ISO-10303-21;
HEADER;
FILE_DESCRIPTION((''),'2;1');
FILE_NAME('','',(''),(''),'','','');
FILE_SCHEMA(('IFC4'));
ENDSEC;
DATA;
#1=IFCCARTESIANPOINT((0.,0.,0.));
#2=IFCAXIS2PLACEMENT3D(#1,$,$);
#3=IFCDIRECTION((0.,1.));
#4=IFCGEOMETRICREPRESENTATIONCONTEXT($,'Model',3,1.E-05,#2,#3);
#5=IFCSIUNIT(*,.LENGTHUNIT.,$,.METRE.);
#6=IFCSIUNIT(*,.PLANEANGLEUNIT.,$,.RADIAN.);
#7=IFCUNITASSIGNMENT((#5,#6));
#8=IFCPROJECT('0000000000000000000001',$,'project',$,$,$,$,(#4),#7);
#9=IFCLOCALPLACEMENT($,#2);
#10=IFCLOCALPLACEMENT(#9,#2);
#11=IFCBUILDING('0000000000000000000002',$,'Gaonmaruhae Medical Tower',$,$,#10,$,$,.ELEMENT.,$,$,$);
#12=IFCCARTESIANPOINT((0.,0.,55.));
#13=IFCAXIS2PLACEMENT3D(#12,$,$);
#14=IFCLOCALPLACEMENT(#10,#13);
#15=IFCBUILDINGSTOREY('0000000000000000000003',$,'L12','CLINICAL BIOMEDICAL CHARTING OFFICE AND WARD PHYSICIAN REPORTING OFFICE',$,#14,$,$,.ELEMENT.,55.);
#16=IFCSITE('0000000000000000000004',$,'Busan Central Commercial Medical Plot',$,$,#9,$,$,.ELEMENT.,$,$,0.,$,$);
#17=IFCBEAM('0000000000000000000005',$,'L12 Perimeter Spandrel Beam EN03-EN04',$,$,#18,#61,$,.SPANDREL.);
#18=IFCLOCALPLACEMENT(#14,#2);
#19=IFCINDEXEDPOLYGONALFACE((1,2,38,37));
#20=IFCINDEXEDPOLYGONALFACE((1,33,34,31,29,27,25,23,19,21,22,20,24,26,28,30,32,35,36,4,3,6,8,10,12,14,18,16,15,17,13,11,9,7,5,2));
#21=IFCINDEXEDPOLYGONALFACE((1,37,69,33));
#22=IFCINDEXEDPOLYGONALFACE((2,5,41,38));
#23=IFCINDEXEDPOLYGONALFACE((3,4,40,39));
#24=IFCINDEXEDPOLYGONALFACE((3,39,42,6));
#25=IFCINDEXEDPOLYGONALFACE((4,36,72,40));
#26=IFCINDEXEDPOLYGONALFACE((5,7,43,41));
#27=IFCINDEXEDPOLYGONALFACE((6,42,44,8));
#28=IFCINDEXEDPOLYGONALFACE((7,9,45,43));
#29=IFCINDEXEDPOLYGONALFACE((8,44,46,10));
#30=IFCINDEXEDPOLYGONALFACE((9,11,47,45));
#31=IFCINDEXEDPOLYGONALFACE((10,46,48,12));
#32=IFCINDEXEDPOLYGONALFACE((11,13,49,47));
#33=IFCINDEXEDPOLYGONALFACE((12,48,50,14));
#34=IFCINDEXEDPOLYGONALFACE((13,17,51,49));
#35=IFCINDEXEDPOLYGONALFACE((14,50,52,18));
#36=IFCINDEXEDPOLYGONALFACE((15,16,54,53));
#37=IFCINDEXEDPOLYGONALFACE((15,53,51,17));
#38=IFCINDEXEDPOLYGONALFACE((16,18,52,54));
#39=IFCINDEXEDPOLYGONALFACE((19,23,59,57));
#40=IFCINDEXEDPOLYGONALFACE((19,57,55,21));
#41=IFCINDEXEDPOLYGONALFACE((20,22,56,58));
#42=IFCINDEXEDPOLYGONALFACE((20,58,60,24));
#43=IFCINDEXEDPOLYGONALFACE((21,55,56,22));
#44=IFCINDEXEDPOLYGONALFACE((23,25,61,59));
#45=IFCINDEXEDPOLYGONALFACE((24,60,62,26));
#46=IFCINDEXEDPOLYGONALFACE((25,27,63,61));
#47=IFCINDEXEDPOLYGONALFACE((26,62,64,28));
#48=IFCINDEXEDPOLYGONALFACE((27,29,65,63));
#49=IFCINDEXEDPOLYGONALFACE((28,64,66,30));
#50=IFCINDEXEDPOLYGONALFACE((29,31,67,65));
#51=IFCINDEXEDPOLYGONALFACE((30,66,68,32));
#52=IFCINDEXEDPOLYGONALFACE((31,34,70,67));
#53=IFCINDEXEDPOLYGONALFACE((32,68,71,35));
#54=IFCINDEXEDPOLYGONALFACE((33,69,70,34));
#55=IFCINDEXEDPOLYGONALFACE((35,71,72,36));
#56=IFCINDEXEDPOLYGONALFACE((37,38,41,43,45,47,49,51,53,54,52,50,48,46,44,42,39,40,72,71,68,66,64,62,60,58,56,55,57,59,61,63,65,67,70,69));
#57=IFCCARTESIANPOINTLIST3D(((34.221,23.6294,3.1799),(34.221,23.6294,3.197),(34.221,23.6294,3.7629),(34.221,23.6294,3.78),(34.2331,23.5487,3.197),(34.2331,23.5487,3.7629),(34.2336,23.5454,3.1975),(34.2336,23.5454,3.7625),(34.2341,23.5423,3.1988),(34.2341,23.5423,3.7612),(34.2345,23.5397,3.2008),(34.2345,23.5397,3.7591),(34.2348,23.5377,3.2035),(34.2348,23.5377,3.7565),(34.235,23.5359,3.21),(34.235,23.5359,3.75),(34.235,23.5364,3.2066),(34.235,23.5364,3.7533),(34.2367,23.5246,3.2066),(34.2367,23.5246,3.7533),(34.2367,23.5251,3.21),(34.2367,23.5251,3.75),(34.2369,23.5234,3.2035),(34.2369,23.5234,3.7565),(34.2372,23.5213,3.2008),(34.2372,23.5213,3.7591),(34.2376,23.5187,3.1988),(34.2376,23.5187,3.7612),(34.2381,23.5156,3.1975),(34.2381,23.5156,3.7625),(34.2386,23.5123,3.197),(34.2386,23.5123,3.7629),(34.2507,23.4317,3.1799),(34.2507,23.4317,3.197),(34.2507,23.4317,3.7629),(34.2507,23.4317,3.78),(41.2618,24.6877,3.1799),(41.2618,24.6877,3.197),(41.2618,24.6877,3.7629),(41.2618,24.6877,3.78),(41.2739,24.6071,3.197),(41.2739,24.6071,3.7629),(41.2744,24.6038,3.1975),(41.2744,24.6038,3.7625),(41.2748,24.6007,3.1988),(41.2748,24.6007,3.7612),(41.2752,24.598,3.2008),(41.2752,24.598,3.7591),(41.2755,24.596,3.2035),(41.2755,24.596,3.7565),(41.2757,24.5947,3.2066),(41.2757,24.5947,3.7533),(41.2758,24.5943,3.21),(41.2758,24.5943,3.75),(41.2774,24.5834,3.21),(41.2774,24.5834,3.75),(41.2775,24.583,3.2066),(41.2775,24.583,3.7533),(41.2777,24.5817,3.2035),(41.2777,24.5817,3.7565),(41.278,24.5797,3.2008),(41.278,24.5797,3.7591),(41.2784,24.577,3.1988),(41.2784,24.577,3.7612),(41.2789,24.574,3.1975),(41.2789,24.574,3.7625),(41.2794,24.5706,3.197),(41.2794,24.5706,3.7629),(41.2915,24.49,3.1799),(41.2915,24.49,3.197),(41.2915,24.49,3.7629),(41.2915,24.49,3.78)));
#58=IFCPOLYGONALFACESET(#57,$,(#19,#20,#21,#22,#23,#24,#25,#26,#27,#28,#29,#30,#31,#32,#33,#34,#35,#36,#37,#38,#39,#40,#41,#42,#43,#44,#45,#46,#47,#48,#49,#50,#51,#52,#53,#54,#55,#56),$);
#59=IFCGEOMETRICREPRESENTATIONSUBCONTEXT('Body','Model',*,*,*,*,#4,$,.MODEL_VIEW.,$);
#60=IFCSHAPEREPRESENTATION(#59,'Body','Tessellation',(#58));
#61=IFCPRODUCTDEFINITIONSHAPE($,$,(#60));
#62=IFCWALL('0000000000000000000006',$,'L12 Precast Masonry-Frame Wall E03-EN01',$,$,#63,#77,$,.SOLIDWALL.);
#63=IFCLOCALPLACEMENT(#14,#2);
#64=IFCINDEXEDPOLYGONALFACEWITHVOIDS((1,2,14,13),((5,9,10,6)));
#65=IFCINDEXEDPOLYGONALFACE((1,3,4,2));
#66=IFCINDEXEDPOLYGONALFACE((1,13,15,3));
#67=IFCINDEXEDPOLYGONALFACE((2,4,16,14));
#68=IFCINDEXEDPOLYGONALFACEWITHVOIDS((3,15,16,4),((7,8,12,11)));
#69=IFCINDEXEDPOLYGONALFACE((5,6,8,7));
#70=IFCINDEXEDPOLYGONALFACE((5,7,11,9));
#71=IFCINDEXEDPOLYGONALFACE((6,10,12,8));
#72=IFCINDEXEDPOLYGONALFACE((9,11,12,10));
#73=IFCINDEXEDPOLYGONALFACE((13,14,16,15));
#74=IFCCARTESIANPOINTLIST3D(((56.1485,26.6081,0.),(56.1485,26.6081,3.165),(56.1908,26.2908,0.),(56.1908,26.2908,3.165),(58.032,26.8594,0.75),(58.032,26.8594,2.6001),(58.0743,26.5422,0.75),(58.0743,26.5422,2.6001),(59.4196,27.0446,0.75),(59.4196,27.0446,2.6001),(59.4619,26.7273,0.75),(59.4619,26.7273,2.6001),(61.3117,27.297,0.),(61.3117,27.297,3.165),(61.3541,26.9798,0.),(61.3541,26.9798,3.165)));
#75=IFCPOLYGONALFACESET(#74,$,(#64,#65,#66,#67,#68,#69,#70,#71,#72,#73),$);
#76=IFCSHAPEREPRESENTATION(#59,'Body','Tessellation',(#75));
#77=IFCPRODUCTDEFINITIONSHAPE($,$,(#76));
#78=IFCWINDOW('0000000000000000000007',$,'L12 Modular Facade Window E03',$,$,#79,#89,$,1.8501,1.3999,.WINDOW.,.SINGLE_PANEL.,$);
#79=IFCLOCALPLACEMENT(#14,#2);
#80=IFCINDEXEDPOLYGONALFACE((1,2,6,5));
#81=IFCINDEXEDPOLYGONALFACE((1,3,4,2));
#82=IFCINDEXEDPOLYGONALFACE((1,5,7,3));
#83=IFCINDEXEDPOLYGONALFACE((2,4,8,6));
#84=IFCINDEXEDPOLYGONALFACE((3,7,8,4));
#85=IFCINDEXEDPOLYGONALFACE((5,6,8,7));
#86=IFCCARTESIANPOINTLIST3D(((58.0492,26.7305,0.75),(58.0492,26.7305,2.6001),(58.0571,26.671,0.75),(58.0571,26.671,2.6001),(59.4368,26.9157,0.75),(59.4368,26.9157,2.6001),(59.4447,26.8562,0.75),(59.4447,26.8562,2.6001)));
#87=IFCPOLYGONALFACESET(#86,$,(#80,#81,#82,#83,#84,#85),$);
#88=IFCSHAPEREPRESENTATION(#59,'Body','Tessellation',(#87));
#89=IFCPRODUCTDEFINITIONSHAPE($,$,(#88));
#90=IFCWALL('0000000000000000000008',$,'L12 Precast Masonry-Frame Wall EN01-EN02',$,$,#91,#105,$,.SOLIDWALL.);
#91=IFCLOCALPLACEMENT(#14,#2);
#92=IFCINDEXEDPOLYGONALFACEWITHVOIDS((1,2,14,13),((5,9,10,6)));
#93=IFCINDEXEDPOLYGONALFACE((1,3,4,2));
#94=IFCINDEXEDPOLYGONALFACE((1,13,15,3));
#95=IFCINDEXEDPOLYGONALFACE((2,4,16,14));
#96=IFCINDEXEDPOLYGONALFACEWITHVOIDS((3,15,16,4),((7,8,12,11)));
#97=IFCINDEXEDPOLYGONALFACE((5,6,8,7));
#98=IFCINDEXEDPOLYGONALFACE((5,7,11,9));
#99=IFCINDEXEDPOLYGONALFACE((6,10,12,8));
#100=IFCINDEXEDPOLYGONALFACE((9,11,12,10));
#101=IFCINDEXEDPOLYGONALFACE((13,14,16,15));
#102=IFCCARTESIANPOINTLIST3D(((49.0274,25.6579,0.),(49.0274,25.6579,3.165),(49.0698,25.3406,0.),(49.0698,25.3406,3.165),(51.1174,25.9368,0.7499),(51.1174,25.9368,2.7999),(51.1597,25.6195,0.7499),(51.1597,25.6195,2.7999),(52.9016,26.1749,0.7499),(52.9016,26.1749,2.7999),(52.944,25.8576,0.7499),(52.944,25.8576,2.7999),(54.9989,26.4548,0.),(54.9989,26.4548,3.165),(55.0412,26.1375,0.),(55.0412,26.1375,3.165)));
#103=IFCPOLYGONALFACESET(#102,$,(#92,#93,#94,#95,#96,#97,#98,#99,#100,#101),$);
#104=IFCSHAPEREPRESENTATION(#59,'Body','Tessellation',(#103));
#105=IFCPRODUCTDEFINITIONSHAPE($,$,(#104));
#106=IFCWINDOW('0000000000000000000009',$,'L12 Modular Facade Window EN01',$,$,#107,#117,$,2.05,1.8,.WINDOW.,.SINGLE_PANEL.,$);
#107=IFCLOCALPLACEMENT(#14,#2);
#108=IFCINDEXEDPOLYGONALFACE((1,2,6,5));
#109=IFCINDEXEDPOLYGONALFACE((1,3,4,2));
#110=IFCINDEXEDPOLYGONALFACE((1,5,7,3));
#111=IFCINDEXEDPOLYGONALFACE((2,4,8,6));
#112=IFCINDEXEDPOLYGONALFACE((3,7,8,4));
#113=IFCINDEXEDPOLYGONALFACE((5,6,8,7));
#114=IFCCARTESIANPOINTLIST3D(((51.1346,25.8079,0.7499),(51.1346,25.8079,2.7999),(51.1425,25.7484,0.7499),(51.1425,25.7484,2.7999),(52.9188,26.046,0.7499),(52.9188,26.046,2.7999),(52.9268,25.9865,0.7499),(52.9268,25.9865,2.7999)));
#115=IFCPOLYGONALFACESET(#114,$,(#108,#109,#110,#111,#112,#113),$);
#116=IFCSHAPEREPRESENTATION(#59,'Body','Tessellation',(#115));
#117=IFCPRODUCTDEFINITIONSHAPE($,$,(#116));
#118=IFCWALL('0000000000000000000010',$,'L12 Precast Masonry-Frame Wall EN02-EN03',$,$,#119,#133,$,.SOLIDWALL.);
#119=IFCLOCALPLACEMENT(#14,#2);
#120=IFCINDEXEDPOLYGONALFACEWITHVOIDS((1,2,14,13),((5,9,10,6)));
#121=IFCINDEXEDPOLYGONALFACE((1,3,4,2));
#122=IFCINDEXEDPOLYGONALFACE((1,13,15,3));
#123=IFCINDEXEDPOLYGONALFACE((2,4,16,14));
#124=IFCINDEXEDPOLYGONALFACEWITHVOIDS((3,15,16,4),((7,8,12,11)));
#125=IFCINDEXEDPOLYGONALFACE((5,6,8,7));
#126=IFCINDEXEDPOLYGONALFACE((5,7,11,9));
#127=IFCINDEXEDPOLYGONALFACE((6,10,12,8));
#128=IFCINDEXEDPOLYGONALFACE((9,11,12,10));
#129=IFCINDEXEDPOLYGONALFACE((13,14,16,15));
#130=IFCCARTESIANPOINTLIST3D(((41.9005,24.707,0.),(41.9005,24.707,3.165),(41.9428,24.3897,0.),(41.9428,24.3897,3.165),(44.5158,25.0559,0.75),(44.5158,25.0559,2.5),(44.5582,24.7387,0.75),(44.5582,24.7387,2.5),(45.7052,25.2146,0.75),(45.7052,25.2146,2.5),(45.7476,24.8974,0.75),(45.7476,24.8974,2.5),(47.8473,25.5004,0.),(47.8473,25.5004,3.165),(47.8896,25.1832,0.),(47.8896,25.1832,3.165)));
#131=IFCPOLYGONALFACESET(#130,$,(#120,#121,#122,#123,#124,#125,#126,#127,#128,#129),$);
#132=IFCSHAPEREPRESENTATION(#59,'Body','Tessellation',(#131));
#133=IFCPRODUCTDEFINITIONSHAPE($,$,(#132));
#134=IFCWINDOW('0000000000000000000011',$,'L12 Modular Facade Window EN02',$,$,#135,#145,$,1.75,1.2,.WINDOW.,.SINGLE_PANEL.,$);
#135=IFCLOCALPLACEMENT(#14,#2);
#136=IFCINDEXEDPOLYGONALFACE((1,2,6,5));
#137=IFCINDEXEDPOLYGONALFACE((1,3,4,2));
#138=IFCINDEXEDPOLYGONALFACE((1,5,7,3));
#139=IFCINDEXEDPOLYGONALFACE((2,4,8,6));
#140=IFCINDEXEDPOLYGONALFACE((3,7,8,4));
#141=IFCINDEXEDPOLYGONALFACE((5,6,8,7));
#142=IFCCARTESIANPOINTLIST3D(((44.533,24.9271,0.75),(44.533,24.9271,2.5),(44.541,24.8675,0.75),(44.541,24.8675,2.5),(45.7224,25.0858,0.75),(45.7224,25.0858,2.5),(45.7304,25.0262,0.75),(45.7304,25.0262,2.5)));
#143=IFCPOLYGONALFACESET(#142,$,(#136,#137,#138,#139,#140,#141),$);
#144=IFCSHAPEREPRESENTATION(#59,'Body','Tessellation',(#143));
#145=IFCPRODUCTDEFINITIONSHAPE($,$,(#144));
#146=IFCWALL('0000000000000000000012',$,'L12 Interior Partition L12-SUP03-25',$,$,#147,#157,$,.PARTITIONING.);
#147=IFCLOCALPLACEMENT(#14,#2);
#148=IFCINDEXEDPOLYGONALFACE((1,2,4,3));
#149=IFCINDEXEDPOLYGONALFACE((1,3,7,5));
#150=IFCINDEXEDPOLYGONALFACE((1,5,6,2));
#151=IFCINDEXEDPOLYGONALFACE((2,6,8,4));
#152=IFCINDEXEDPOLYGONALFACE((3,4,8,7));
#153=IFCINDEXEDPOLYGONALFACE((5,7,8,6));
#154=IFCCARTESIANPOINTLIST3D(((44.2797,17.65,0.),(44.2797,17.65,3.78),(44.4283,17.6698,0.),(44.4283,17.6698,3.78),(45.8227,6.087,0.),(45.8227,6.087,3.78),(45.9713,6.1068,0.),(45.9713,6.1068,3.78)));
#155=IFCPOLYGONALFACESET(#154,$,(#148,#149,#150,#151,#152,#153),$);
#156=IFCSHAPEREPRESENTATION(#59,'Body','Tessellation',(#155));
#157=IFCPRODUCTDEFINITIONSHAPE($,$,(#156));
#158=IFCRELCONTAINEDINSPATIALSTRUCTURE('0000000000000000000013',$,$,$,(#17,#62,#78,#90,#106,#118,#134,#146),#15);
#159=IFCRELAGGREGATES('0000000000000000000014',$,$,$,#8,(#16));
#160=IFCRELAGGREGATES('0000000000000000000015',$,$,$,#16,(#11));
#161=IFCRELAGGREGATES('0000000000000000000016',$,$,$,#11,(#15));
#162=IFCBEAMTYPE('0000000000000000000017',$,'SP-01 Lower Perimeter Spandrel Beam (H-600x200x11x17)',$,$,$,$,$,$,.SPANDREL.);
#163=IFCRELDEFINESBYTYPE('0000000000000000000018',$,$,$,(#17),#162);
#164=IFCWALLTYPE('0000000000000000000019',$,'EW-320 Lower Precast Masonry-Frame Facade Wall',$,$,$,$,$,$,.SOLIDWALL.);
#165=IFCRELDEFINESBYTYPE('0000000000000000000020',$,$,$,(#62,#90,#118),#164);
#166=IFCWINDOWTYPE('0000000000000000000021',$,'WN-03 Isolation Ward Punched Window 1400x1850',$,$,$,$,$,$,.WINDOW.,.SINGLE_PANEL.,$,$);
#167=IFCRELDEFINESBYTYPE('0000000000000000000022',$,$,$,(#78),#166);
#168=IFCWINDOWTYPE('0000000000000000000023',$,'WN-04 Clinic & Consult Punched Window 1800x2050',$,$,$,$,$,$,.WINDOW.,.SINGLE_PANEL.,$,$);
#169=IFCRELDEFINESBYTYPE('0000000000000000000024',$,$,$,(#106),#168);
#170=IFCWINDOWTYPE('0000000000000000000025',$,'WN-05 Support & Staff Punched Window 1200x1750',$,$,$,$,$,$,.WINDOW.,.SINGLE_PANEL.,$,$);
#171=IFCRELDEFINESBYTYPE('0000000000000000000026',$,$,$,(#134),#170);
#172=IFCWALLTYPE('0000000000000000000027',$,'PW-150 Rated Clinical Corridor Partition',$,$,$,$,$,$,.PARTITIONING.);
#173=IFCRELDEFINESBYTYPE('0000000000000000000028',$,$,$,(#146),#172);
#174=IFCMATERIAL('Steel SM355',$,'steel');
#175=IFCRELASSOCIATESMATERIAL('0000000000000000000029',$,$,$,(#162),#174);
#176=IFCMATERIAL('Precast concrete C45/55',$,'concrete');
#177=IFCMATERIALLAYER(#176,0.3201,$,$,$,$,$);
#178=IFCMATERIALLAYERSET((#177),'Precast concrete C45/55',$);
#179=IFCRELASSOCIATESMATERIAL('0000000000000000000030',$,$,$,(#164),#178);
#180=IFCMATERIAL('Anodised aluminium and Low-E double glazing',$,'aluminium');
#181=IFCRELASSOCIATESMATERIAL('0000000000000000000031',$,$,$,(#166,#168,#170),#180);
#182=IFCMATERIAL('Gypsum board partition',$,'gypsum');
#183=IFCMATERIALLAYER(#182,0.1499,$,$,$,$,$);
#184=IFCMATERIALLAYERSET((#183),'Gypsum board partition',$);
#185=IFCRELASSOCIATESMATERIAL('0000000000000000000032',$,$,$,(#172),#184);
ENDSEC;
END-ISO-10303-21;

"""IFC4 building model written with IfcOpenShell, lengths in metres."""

from ifc_helpers import new_model, si_unit, direction, frame, frame_2d, origin, origin_2d, place, context, subcontext, project, spatial, rectangle, i_section, extrude, material, layer, layer_set, material_profile, profile_set, type_object, element, fill, save


model = new_model("IFC4")

# Units and contexts
model_context = context("Model", 3, precision=1e-05, world=origin(), true_north=direction((0.0, 1.0)))
body_context = subcontext(model_context, "Body", "Model", "MODEL_VIEW")
ifc_project = project(units=[si_unit("LENGTHUNIT", "METRE"), si_unit("PLANEANGLEUNIT", "RADIAN")], contexts=[model_context])

# Site, building, storey
site_placement = place(None, origin())
site = spatial("IfcSite", under=ifc_project, at=site_placement, Name="Busan Central Commercial Medical Plot", CompositionType="ELEMENT", RefElevation=0.0)
building_placement = place(site_placement, origin())
building = spatial("IfcBuilding", under=site, at=building_placement, Name="Gaonmaruhae Medical Tower", CompositionType="ELEMENT")
storey_placement = place(building_placement, frame((0.0, 0.0, 55.0)))
storey = spatial("IfcBuildingStorey", under=building, at=storey_placement, Name="L12", Description="CLINICAL BIOMEDICAL CHARTING OFFICE AND WARD PHYSICIAN REPORTING OFFICE", CompositionType="ELEMENT", Elevation=55.0)

# Beam
ifc_material_1 = material(Name="Steel SM355", Category="steel")
ifc_material_profile_1 = material_profile(ifc_material_1, i_section(OverallWidth=0.2, OverallDepth=0.6001, WebThickness=0.011, FlangeThickness=0.0171, FilletRadius=0.0129, at=origin_2d()), Name="H-600x200x11x17")
ifc_profile_set_1 = profile_set([ifc_material_profile_1], Name="Steel SM355")
beam_type_1 = type_object("IfcBeamType", Name="SP-01 Lower Perimeter Spandrel Beam (H-600x200x11x17)", PredefinedType="SPANDREL", material=ifc_profile_set_1)
beam_1_placement = place(storey_placement, frame((41.2766, 24.5889, 3.48), z_axis=(-0.98889, -0.148647, 0.0), x_axis=(0.148647, -0.98889, 0.0)))
element("IfcBeam", 1, at=beam_1_placement, inside=storey, type_object=beam_type_1, Name="L12 Perimeter Spandrel Beam EN03-EN04", PredefinedType="SPANDREL", context=body_context, shape_type="SweptSolid", body=[
    extrude(i_section(OverallWidth=0.2, OverallDepth=0.6001, WebThickness=0.011, FlangeThickness=0.0171, FilletRadius=0.0129, at=origin_2d()), origin(), (0.0, 0.0, 1.0), 7.1199),
])

# Walls, openings, windows
ifc_material_2 = material(Name="Precast concrete C45/55", Category="concrete")
ifc_layer_1 = layer(ifc_material_2, 0.3201)
ifc_layer_set_1 = layer_set([ifc_layer_1], Name="Precast concrete C45/55")
wall_type_1 = type_object("IfcWallType", Name="EW-320 Lower Precast Masonry-Frame Facade Wall", PredefinedType="SOLIDWALL", material=ifc_layer_set_1)
wall_1_placement = place(storey_placement, frame((56.1697, 26.4495, 0.0), z_axis=(0.0, 0.0, 1.0), x_axis=(0.991215, 0.132262, 0.0)))
wall_1 = element("IfcWall", 2, at=wall_1_placement, inside=storey, type_object=wall_type_1, Name="L12 Precast Masonry-Frame Wall E03-EN01", PredefinedType="SOLIDWALL", context=body_context, shape_type="SweptSolid", body=[
    extrude(rectangle(XDim=5.209, YDim=0.3201, at=frame_2d((2.6045, 0.0))), origin(), (0.0, 0.0, 1.0), 3.165),
])
opening_1_placement = place(wall_1_placement, frame((1.9001, 0.0, 0.75)))
opening_1 = element("IfcOpeningElement", 3, at=opening_1_placement, cuts=wall_1, PredefinedType="OPENING", context=body_context, shape_type="SweptSolid", body=[
    extrude(rectangle(XDim=1.3999, YDim=1.8501, at=frame_2d((0.7, 0.925))), frame((0.0, 0.1699, 0.0), z_axis=(0.0, -1.0, 0.0), x_axis=(1.0, 0.0, 0.0)), (0.0, 0.0, 1.0), 0.3401),
])
ifc_material_3 = material(Name="Anodised aluminium and Low-E double glazing", Category="aluminium")
window_type_1 = type_object("IfcWindowType", Name="WN-03 Isolation Ward Punched Window 1400x1850", PartitioningType="SINGLE_PANEL", PredefinedType="WINDOW", material=ifc_material_3)
window_1_placement = place(opening_1_placement, origin())
window_1 = element("IfcWindow", 4, at=window_1_placement, inside=storey, type_object=window_type_1, Name="L12 Modular Facade Window E03", OverallHeight=1.8501, OverallWidth=1.3999, PartitioningType="SINGLE_PANEL", PredefinedType="WINDOW", context=body_context, shape_type="SweptSolid", body=[
    extrude(rectangle(XDim=1.3999, YDim=1.8501, at=frame_2d((0.7, 0.925))), frame((0.0, 0.03, 0.0), z_axis=(0.0, -1.0, 0.0), x_axis=(1.0, 0.0, 0.0)), (0.0, 0.0, 1.0), 0.0601),
])
fill(opening_1, window_1)
wall_2_placement = place(storey_placement, frame((49.0486, 25.4993, 0.0), z_axis=(0.0, 0.0, 1.0), x_axis=(0.991213, 0.132275, 0.0)))
wall_2 = element("IfcWall", 5, at=wall_2_placement, inside=storey, type_object=wall_type_1, Name="L12 Precast Masonry-Frame Wall EN01-EN02", PredefinedType="SOLIDWALL", context=body_context, shape_type="SweptSolid", body=[
    extrude(rectangle(XDim=6.0244, YDim=0.3201, at=frame_2d((3.0122, 0.0))), origin(), (0.0, 0.0, 1.0), 3.165),
])
opening_2_placement = place(wall_2_placement, frame((2.1086, 0.0, 0.75)))
opening_2 = element("IfcOpeningElement", 6, at=opening_2_placement, cuts=wall_2, PredefinedType="OPENING", context=body_context, shape_type="SweptSolid", body=[
    extrude(rectangle(XDim=1.8, YDim=2.05, at=frame_2d((0.8999, 1.0249))), frame((0.0, 0.1699, 0.0), z_axis=(0.0, -1.0, 0.0), x_axis=(1.0, 0.0, 0.0)), (0.0, 0.0, 1.0), 0.3401),
])
window_type_2 = type_object("IfcWindowType", Name="WN-04 Clinic & Consult Punched Window 1800x2050", PartitioningType="SINGLE_PANEL", PredefinedType="WINDOW", material=ifc_material_3)
window_2_placement = place(opening_2_placement, origin())
window_2 = element("IfcWindow", 7, at=window_2_placement, inside=storey, type_object=window_type_2, Name="L12 Modular Facade Window EN01", OverallHeight=2.05, OverallWidth=1.8, PartitioningType="SINGLE_PANEL", PredefinedType="WINDOW", context=body_context, shape_type="SweptSolid", body=[
    extrude(rectangle(XDim=1.8, YDim=2.05, at=frame_2d((0.8999, 1.0249))), frame((0.0, 0.03, 0.0), z_axis=(0.0, -1.0, 0.0), x_axis=(1.0, 0.0, 0.0)), (0.0, 0.0, 1.0), 0.0601),
])
fill(opening_2, window_2)
wall_3_placement = place(storey_placement, frame((41.9216, 24.5483, 0.0), z_axis=(0.0, 0.0, 1.0), x_axis=(0.991216, 0.132254, 0.0)))
wall_3 = element("IfcWall", 8, at=wall_3_placement, inside=storey, type_object=wall_type_1, Name="L12 Precast Masonry-Frame Wall EN02-EN03", PredefinedType="SOLIDWALL", context=body_context, shape_type="SweptSolid", body=[
    extrude(rectangle(XDim=5.9995, YDim=0.3201, at=frame_2d((2.9998, 0.0))), origin(), (0.0, 0.0, 1.0), 3.165),
])
opening_3_placement = place(wall_3_placement, frame((2.6384, 0.0, 0.75)))
opening_3 = element("IfcOpeningElement", 9, at=opening_3_placement, cuts=wall_3, PredefinedType="OPENING", context=body_context, shape_type="SweptSolid", body=[
    extrude(rectangle(XDim=1.2, YDim=1.75, at=frame_2d((0.6001, 0.875))), frame((0.0, 0.1699, 0.0), z_axis=(0.0, -1.0, 0.0), x_axis=(1.0, 0.0, 0.0)), (0.0, 0.0, 1.0), 0.3401),
])
window_type_3 = type_object("IfcWindowType", Name="WN-05 Support & Staff Punched Window 1200x1750", PartitioningType="SINGLE_PANEL", PredefinedType="WINDOW", material=ifc_material_3)
window_3_placement = place(opening_3_placement, origin())
window_3 = element("IfcWindow", 10, at=window_3_placement, inside=storey, type_object=window_type_3, Name="L12 Modular Facade Window EN02", OverallHeight=1.75, OverallWidth=1.2, PartitioningType="SINGLE_PANEL", PredefinedType="WINDOW", context=body_context, shape_type="SweptSolid", body=[
    extrude(rectangle(XDim=1.2, YDim=1.75, at=frame_2d((0.6001, 0.875))), frame((0.0, 0.03, 0.0), z_axis=(0.0, -1.0, 0.0), x_axis=(1.0, 0.0, 0.0)), (0.0, 0.0, 1.0), 0.0601),
])
fill(opening_3, window_3)

# Wall
ifc_material_4 = material(Name="Gypsum board partition", Category="gypsum")
ifc_layer_2 = layer(ifc_material_4, 0.1499)
ifc_layer_set_2 = layer_set([ifc_layer_2], Name="Gypsum board partition")
wall_type_2 = type_object("IfcWallType", Name="PW-150 Rated Clinical Corridor Partition", PredefinedType="PARTITIONING", material=ifc_layer_set_2)
wall_4_placement = place(storey_placement, frame((44.354, 17.6599, 0.0), z_axis=(0.0, 0.0, 1.0), x_axis=(0.132268, -0.991214, 0.0)))
element("IfcWall", 11, at=wall_4_placement, inside=storey, type_object=wall_type_2, Name="L12 Interior Partition L12-SUP03-25", PredefinedType="PARTITIONING", context=body_context, shape_type="SweptSolid", body=[
    extrude(rectangle(XDim=11.6655, YDim=0.1499, at=frame_2d((5.8328, 0.0))), origin(), (0.0, 0.0, 1.0), 3.78),
])

save(model, "model.ifc")
